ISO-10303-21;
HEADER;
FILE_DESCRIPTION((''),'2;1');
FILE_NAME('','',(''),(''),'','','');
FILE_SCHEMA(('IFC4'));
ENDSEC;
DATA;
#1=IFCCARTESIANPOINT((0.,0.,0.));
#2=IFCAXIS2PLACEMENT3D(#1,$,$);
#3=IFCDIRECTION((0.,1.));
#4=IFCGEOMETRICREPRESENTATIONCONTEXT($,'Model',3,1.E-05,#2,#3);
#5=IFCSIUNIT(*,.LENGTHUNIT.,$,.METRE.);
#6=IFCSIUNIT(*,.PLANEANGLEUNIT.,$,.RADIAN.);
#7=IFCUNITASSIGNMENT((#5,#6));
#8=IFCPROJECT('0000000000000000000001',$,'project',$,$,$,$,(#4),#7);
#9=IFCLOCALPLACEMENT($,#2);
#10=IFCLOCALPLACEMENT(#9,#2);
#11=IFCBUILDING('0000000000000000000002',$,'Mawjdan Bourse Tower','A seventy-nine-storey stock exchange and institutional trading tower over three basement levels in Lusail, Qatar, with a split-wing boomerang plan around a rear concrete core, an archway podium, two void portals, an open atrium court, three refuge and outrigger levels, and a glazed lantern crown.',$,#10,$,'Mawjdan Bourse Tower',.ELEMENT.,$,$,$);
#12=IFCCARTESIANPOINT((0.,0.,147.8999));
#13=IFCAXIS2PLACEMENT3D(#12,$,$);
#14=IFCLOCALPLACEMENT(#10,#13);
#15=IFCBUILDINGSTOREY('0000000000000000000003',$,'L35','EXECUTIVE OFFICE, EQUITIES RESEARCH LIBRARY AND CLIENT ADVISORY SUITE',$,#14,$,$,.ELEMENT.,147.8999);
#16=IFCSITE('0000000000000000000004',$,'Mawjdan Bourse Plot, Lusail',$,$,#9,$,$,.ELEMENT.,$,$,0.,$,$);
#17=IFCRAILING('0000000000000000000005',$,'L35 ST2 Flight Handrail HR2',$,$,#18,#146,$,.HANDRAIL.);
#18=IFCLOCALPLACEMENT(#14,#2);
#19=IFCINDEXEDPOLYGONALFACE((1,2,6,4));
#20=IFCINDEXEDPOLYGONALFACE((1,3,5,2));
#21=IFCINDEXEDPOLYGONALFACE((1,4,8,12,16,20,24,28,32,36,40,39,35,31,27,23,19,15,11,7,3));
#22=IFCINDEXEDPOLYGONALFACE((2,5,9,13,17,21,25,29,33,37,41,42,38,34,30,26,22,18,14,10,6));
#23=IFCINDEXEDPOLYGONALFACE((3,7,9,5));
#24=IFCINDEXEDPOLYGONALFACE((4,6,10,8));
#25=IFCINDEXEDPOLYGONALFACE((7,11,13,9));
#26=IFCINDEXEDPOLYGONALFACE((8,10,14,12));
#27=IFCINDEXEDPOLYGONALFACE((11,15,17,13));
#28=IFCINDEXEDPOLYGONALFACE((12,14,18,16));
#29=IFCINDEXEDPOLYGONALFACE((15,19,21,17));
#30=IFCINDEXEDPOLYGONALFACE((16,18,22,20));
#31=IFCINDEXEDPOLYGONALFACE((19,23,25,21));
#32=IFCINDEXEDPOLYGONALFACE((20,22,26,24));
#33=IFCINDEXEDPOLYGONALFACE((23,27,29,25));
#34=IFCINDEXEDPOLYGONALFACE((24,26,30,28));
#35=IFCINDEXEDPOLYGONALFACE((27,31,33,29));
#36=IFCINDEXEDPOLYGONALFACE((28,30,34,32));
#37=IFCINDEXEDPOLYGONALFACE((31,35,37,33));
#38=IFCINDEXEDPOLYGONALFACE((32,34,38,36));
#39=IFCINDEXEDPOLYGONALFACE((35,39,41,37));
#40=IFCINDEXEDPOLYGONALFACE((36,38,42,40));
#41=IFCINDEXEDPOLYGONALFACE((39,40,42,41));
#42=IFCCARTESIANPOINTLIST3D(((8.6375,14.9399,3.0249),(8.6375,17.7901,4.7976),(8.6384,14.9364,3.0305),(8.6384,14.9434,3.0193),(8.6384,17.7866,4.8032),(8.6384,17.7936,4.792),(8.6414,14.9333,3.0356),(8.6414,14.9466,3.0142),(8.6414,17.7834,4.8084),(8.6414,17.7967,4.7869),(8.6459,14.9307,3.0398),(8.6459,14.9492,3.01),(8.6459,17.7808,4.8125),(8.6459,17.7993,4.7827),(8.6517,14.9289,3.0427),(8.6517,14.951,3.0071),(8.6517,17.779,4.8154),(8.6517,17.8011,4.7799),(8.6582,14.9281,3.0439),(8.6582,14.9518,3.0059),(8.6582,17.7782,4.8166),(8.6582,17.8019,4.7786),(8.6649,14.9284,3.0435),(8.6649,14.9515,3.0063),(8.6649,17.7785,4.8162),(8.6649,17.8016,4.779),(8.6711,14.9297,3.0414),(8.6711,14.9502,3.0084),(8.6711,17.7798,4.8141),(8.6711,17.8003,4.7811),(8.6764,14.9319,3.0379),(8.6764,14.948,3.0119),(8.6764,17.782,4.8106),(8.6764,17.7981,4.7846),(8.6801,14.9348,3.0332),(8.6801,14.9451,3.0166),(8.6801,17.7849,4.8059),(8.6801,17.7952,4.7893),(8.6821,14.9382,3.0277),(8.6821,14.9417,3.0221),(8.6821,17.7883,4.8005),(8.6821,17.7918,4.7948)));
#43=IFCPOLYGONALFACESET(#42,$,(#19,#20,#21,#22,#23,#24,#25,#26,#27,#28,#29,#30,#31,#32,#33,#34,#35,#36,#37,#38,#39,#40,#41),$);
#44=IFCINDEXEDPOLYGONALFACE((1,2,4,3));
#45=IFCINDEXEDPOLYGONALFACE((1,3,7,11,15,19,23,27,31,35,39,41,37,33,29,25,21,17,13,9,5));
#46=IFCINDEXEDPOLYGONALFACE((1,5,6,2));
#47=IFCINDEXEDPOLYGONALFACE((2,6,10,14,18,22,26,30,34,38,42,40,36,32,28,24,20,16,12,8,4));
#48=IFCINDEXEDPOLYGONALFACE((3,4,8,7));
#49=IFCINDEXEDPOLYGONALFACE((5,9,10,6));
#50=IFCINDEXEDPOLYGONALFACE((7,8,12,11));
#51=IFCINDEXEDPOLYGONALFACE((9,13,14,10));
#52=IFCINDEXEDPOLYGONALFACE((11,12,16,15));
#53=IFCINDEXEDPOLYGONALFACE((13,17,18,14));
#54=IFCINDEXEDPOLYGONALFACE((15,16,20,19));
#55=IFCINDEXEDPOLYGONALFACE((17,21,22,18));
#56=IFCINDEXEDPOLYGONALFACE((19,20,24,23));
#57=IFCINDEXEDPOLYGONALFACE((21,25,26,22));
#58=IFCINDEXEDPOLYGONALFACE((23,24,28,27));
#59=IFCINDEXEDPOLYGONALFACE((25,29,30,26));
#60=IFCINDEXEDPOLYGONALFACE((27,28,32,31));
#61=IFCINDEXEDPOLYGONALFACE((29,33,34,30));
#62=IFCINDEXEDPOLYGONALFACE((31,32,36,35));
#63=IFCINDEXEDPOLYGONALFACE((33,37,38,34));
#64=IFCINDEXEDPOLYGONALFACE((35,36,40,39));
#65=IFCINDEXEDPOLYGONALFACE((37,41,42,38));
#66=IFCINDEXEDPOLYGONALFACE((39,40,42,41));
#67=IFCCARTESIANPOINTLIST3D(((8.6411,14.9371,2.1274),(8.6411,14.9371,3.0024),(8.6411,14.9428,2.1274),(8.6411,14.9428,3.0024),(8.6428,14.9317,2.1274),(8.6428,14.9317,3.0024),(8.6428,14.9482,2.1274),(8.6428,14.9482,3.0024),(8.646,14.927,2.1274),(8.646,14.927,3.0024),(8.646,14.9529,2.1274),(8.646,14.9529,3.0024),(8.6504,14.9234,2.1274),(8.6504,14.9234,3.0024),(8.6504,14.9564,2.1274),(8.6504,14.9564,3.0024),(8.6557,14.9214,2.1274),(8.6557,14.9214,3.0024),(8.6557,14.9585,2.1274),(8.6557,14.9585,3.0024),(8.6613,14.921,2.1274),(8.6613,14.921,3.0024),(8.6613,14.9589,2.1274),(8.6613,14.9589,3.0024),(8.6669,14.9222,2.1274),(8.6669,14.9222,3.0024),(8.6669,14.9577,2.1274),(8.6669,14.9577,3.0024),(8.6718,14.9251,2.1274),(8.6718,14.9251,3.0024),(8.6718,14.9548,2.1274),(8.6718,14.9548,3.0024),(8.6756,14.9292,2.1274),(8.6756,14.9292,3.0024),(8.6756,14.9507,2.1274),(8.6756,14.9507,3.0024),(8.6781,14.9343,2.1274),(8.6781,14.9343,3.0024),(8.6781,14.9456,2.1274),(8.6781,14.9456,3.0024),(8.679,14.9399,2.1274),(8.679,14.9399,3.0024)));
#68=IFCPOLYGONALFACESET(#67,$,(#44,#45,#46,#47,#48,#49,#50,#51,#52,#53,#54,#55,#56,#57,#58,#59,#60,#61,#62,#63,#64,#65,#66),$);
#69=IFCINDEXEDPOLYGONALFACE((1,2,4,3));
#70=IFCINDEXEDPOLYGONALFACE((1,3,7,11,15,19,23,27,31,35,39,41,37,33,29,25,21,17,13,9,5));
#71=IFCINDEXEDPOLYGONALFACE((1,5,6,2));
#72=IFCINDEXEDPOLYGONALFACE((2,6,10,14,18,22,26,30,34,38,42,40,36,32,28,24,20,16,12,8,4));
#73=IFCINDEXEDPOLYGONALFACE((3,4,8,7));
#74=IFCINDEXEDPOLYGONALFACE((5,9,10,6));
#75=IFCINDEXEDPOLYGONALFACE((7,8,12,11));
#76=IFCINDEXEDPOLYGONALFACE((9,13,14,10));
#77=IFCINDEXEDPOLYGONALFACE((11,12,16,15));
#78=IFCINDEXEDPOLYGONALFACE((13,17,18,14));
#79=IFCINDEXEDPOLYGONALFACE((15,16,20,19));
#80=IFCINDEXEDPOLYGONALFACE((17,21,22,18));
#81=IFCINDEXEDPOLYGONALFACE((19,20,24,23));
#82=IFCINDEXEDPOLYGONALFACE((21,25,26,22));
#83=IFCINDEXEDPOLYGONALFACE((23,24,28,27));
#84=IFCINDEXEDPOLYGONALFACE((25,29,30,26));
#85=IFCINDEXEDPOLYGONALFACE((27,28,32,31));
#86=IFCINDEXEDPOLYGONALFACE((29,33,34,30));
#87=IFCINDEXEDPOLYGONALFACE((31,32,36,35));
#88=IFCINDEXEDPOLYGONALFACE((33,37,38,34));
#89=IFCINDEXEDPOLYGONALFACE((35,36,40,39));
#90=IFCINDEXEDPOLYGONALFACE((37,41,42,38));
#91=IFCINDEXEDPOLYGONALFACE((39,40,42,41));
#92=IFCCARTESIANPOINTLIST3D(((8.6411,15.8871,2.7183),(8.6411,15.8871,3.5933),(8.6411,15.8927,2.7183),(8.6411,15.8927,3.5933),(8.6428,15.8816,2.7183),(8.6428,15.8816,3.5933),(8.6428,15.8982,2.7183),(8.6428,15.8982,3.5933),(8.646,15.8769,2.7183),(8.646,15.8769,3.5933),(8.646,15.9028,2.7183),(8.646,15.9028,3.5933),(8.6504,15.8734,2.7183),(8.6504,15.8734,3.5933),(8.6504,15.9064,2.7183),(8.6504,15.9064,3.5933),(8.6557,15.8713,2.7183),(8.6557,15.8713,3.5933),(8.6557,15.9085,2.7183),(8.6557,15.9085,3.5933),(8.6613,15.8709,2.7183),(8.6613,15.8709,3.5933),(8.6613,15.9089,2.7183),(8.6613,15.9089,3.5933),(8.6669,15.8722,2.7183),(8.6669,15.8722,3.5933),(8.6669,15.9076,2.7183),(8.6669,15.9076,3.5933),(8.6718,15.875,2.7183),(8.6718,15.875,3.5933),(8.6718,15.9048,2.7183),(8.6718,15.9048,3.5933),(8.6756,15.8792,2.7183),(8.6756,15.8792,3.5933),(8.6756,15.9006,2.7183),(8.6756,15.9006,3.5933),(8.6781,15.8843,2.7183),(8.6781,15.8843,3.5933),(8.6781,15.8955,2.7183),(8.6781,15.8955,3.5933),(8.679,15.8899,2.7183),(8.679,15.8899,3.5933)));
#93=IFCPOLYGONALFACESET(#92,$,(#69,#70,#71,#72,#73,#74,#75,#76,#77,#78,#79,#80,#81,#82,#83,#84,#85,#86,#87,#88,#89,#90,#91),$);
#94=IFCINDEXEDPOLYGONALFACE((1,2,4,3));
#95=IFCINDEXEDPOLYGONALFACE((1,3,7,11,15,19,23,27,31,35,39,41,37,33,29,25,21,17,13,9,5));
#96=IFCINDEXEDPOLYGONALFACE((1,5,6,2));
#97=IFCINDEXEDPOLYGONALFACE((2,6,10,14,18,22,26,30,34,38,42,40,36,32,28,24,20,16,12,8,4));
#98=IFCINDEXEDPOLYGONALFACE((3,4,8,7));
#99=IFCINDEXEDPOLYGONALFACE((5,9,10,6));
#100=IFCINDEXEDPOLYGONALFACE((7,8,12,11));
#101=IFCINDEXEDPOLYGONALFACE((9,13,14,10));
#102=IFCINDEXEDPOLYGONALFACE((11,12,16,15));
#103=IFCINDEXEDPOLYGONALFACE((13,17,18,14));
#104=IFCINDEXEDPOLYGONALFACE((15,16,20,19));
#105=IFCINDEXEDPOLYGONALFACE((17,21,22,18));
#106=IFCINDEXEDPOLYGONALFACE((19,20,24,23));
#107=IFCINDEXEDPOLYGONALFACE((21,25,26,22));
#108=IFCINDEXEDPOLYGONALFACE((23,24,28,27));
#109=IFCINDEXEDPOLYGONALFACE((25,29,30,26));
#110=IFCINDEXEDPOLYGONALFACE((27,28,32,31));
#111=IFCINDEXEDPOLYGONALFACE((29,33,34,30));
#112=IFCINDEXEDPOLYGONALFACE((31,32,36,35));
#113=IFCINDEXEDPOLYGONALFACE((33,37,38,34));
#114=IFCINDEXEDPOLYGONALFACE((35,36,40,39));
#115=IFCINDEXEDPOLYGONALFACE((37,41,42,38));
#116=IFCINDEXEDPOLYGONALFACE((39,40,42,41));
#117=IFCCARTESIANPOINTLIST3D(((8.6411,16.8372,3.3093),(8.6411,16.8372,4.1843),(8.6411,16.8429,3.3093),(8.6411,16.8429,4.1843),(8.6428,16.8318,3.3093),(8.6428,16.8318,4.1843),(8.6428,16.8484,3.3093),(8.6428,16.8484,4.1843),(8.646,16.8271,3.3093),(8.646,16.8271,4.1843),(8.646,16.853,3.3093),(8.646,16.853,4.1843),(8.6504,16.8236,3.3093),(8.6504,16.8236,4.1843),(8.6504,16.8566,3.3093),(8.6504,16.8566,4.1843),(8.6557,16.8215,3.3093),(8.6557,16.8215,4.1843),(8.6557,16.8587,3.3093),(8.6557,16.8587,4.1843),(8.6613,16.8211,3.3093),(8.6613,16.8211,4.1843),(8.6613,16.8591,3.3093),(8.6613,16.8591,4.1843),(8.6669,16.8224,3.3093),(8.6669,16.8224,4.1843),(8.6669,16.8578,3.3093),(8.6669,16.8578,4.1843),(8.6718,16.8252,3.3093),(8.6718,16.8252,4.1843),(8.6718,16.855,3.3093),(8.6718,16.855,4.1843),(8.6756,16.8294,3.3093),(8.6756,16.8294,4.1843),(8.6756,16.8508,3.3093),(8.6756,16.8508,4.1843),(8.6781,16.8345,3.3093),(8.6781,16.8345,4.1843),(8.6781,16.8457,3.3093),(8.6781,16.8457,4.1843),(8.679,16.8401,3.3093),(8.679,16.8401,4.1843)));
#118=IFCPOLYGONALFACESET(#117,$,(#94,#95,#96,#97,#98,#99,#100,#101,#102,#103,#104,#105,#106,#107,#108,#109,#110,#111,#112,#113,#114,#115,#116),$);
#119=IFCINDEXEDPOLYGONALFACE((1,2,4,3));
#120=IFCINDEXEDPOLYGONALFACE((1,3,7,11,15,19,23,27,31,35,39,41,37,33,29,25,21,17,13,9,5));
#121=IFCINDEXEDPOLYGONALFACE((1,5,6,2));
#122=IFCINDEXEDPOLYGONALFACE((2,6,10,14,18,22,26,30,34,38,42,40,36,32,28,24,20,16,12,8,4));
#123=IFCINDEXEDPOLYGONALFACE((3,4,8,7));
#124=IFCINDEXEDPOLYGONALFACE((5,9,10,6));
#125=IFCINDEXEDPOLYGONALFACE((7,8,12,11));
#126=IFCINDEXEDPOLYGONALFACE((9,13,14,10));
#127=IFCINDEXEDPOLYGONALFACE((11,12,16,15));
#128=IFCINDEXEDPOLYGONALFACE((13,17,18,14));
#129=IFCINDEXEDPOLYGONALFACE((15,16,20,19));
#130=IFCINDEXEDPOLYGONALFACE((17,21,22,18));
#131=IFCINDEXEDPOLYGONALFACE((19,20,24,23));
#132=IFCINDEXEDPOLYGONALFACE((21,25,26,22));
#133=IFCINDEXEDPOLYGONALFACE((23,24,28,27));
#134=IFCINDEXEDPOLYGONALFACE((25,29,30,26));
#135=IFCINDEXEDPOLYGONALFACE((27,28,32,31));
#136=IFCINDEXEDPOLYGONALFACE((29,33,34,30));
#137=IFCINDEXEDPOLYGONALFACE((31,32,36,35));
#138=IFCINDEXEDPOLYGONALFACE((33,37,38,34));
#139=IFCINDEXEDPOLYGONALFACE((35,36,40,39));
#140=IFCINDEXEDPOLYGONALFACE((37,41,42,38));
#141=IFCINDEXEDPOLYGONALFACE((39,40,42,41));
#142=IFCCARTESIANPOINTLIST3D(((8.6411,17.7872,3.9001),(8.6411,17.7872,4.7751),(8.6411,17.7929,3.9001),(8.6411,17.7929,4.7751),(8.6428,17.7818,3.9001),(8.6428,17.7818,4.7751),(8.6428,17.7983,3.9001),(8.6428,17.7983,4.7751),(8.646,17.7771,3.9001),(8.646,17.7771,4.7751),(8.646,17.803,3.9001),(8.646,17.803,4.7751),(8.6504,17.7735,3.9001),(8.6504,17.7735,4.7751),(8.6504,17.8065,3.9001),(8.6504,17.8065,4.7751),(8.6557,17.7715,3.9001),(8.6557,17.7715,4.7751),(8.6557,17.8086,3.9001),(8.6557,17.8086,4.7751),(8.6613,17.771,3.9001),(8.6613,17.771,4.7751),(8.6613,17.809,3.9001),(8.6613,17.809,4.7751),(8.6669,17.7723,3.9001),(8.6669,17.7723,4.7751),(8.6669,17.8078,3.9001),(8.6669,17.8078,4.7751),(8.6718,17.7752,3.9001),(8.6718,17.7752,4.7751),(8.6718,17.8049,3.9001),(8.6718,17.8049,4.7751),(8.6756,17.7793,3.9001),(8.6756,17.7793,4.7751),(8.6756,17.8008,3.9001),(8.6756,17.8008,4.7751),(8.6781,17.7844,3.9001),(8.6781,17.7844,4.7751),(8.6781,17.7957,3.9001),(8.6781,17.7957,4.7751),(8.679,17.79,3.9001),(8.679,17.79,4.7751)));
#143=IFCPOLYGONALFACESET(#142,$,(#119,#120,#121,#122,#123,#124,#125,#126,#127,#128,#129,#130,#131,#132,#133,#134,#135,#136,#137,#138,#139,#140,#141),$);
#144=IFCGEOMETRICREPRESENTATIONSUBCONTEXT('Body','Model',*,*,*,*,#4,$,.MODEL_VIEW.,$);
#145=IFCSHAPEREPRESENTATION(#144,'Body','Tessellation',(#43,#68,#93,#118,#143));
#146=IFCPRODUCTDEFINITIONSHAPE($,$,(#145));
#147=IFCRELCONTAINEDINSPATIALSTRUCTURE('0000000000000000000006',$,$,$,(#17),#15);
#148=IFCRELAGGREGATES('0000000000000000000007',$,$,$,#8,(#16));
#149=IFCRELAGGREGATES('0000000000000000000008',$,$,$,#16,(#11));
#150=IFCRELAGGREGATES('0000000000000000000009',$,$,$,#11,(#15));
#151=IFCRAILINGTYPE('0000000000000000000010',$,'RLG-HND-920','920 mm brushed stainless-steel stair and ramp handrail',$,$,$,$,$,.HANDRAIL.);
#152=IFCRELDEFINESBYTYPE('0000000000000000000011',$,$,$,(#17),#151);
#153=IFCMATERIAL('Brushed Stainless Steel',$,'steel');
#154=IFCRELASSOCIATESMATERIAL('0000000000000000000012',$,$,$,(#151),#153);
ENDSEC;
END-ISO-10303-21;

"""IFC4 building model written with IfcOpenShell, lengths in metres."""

from ifc_helpers import new_model, si_unit, direction, frame, origin, origin_2d, place, context, subcontext, project, spatial, circle, extrude, material, type_object, element, save


model = new_model("IFC4")

# Units and contexts
model_context = context("Model", 3, precision=1e-05, world=origin(), true_north=direction((0.0, 1.0)))
body_context = subcontext(model_context, "Body", "Model", "MODEL_VIEW")
ifc_project = project(units=[si_unit("LENGTHUNIT", "METRE"), si_unit("PLANEANGLEUNIT", "RADIAN")], contexts=[model_context])

# Site, building, storey
site_placement = place(None, origin())
site = spatial("IfcSite", under=ifc_project, at=site_placement, Name="Mawjdan Bourse Plot, Lusail", CompositionType="ELEMENT", RefElevation=0.0)
building_placement = place(site_placement, origin())
building = spatial("IfcBuilding", under=site, at=building_placement, Name="Mawjdan Bourse Tower", Description="A seventy-nine-storey stock exchange and institutional trading tower over three basement levels in Lusail, Qatar, with a split-wing boomerang plan around a rear concrete core, an archway podium, two void portals, an open atrium court, three refuge and outrigger levels, and a glazed lantern crown.", LongName="Mawjdan Bourse Tower", CompositionType="ELEMENT")
storey_placement = place(building_placement, frame((0.0, 0.0, 147.8999)))
storey = spatial("IfcBuildingStorey", under=building, at=storey_placement, Name="L35", Description="EXECUTIVE OFFICE, EQUITIES RESEARCH LIBRARY AND CLIENT ADVISORY SUITE", CompositionType="ELEMENT", Elevation=147.8999)

# Railing
ifc_material_1 = material(Name="Brushed Stainless Steel", Category="steel")
railing_type_1 = type_object("IfcRailingType", Name="RLG-HND-920", Description="920 mm brushed stainless-steel stair and ramp handrail", PredefinedType="HANDRAIL", material=ifc_material_1)
railing_placement = place(storey_placement, frame((8.6599, 14.9399, 2.1274)))
element("IfcRailing", 1, at=railing_placement, inside=storey, type_object=railing_type_1, Name="L35 ST2 Flight Handrail HR2", PredefinedType="HANDRAIL", context=body_context, shape_type="SweptSolid", body=[
    extrude(circle(Radius=0.0225, at=origin_2d()), frame((0.0, 0.0, 0.8975), z_axis=(0.0, 0.849149, 0.528154), x_axis=(-1.0, 0.0, 0.0)), (0.0, 0.0, 1.0), 3.3564),
    extrude(circle(Radius=0.019, at=origin_2d()), origin(), (0.0, 0.0, 1.0), 0.875),
    extrude(circle(Radius=0.019, at=origin_2d()), frame((0.0, 0.95, 0.5908)), (0.0, 0.0, 1.0), 0.875),
    extrude(circle(Radius=0.019, at=origin_2d()), frame((0.0, 1.9001, 1.1819)), (0.0, 0.0, 1.0), 0.875),
    extrude(circle(Radius=0.019, at=origin_2d()), frame((0.0, 2.8501, 1.7727)), (0.0, 0.0, 1.0), 0.875),
])

save(model, "model.ifc")
